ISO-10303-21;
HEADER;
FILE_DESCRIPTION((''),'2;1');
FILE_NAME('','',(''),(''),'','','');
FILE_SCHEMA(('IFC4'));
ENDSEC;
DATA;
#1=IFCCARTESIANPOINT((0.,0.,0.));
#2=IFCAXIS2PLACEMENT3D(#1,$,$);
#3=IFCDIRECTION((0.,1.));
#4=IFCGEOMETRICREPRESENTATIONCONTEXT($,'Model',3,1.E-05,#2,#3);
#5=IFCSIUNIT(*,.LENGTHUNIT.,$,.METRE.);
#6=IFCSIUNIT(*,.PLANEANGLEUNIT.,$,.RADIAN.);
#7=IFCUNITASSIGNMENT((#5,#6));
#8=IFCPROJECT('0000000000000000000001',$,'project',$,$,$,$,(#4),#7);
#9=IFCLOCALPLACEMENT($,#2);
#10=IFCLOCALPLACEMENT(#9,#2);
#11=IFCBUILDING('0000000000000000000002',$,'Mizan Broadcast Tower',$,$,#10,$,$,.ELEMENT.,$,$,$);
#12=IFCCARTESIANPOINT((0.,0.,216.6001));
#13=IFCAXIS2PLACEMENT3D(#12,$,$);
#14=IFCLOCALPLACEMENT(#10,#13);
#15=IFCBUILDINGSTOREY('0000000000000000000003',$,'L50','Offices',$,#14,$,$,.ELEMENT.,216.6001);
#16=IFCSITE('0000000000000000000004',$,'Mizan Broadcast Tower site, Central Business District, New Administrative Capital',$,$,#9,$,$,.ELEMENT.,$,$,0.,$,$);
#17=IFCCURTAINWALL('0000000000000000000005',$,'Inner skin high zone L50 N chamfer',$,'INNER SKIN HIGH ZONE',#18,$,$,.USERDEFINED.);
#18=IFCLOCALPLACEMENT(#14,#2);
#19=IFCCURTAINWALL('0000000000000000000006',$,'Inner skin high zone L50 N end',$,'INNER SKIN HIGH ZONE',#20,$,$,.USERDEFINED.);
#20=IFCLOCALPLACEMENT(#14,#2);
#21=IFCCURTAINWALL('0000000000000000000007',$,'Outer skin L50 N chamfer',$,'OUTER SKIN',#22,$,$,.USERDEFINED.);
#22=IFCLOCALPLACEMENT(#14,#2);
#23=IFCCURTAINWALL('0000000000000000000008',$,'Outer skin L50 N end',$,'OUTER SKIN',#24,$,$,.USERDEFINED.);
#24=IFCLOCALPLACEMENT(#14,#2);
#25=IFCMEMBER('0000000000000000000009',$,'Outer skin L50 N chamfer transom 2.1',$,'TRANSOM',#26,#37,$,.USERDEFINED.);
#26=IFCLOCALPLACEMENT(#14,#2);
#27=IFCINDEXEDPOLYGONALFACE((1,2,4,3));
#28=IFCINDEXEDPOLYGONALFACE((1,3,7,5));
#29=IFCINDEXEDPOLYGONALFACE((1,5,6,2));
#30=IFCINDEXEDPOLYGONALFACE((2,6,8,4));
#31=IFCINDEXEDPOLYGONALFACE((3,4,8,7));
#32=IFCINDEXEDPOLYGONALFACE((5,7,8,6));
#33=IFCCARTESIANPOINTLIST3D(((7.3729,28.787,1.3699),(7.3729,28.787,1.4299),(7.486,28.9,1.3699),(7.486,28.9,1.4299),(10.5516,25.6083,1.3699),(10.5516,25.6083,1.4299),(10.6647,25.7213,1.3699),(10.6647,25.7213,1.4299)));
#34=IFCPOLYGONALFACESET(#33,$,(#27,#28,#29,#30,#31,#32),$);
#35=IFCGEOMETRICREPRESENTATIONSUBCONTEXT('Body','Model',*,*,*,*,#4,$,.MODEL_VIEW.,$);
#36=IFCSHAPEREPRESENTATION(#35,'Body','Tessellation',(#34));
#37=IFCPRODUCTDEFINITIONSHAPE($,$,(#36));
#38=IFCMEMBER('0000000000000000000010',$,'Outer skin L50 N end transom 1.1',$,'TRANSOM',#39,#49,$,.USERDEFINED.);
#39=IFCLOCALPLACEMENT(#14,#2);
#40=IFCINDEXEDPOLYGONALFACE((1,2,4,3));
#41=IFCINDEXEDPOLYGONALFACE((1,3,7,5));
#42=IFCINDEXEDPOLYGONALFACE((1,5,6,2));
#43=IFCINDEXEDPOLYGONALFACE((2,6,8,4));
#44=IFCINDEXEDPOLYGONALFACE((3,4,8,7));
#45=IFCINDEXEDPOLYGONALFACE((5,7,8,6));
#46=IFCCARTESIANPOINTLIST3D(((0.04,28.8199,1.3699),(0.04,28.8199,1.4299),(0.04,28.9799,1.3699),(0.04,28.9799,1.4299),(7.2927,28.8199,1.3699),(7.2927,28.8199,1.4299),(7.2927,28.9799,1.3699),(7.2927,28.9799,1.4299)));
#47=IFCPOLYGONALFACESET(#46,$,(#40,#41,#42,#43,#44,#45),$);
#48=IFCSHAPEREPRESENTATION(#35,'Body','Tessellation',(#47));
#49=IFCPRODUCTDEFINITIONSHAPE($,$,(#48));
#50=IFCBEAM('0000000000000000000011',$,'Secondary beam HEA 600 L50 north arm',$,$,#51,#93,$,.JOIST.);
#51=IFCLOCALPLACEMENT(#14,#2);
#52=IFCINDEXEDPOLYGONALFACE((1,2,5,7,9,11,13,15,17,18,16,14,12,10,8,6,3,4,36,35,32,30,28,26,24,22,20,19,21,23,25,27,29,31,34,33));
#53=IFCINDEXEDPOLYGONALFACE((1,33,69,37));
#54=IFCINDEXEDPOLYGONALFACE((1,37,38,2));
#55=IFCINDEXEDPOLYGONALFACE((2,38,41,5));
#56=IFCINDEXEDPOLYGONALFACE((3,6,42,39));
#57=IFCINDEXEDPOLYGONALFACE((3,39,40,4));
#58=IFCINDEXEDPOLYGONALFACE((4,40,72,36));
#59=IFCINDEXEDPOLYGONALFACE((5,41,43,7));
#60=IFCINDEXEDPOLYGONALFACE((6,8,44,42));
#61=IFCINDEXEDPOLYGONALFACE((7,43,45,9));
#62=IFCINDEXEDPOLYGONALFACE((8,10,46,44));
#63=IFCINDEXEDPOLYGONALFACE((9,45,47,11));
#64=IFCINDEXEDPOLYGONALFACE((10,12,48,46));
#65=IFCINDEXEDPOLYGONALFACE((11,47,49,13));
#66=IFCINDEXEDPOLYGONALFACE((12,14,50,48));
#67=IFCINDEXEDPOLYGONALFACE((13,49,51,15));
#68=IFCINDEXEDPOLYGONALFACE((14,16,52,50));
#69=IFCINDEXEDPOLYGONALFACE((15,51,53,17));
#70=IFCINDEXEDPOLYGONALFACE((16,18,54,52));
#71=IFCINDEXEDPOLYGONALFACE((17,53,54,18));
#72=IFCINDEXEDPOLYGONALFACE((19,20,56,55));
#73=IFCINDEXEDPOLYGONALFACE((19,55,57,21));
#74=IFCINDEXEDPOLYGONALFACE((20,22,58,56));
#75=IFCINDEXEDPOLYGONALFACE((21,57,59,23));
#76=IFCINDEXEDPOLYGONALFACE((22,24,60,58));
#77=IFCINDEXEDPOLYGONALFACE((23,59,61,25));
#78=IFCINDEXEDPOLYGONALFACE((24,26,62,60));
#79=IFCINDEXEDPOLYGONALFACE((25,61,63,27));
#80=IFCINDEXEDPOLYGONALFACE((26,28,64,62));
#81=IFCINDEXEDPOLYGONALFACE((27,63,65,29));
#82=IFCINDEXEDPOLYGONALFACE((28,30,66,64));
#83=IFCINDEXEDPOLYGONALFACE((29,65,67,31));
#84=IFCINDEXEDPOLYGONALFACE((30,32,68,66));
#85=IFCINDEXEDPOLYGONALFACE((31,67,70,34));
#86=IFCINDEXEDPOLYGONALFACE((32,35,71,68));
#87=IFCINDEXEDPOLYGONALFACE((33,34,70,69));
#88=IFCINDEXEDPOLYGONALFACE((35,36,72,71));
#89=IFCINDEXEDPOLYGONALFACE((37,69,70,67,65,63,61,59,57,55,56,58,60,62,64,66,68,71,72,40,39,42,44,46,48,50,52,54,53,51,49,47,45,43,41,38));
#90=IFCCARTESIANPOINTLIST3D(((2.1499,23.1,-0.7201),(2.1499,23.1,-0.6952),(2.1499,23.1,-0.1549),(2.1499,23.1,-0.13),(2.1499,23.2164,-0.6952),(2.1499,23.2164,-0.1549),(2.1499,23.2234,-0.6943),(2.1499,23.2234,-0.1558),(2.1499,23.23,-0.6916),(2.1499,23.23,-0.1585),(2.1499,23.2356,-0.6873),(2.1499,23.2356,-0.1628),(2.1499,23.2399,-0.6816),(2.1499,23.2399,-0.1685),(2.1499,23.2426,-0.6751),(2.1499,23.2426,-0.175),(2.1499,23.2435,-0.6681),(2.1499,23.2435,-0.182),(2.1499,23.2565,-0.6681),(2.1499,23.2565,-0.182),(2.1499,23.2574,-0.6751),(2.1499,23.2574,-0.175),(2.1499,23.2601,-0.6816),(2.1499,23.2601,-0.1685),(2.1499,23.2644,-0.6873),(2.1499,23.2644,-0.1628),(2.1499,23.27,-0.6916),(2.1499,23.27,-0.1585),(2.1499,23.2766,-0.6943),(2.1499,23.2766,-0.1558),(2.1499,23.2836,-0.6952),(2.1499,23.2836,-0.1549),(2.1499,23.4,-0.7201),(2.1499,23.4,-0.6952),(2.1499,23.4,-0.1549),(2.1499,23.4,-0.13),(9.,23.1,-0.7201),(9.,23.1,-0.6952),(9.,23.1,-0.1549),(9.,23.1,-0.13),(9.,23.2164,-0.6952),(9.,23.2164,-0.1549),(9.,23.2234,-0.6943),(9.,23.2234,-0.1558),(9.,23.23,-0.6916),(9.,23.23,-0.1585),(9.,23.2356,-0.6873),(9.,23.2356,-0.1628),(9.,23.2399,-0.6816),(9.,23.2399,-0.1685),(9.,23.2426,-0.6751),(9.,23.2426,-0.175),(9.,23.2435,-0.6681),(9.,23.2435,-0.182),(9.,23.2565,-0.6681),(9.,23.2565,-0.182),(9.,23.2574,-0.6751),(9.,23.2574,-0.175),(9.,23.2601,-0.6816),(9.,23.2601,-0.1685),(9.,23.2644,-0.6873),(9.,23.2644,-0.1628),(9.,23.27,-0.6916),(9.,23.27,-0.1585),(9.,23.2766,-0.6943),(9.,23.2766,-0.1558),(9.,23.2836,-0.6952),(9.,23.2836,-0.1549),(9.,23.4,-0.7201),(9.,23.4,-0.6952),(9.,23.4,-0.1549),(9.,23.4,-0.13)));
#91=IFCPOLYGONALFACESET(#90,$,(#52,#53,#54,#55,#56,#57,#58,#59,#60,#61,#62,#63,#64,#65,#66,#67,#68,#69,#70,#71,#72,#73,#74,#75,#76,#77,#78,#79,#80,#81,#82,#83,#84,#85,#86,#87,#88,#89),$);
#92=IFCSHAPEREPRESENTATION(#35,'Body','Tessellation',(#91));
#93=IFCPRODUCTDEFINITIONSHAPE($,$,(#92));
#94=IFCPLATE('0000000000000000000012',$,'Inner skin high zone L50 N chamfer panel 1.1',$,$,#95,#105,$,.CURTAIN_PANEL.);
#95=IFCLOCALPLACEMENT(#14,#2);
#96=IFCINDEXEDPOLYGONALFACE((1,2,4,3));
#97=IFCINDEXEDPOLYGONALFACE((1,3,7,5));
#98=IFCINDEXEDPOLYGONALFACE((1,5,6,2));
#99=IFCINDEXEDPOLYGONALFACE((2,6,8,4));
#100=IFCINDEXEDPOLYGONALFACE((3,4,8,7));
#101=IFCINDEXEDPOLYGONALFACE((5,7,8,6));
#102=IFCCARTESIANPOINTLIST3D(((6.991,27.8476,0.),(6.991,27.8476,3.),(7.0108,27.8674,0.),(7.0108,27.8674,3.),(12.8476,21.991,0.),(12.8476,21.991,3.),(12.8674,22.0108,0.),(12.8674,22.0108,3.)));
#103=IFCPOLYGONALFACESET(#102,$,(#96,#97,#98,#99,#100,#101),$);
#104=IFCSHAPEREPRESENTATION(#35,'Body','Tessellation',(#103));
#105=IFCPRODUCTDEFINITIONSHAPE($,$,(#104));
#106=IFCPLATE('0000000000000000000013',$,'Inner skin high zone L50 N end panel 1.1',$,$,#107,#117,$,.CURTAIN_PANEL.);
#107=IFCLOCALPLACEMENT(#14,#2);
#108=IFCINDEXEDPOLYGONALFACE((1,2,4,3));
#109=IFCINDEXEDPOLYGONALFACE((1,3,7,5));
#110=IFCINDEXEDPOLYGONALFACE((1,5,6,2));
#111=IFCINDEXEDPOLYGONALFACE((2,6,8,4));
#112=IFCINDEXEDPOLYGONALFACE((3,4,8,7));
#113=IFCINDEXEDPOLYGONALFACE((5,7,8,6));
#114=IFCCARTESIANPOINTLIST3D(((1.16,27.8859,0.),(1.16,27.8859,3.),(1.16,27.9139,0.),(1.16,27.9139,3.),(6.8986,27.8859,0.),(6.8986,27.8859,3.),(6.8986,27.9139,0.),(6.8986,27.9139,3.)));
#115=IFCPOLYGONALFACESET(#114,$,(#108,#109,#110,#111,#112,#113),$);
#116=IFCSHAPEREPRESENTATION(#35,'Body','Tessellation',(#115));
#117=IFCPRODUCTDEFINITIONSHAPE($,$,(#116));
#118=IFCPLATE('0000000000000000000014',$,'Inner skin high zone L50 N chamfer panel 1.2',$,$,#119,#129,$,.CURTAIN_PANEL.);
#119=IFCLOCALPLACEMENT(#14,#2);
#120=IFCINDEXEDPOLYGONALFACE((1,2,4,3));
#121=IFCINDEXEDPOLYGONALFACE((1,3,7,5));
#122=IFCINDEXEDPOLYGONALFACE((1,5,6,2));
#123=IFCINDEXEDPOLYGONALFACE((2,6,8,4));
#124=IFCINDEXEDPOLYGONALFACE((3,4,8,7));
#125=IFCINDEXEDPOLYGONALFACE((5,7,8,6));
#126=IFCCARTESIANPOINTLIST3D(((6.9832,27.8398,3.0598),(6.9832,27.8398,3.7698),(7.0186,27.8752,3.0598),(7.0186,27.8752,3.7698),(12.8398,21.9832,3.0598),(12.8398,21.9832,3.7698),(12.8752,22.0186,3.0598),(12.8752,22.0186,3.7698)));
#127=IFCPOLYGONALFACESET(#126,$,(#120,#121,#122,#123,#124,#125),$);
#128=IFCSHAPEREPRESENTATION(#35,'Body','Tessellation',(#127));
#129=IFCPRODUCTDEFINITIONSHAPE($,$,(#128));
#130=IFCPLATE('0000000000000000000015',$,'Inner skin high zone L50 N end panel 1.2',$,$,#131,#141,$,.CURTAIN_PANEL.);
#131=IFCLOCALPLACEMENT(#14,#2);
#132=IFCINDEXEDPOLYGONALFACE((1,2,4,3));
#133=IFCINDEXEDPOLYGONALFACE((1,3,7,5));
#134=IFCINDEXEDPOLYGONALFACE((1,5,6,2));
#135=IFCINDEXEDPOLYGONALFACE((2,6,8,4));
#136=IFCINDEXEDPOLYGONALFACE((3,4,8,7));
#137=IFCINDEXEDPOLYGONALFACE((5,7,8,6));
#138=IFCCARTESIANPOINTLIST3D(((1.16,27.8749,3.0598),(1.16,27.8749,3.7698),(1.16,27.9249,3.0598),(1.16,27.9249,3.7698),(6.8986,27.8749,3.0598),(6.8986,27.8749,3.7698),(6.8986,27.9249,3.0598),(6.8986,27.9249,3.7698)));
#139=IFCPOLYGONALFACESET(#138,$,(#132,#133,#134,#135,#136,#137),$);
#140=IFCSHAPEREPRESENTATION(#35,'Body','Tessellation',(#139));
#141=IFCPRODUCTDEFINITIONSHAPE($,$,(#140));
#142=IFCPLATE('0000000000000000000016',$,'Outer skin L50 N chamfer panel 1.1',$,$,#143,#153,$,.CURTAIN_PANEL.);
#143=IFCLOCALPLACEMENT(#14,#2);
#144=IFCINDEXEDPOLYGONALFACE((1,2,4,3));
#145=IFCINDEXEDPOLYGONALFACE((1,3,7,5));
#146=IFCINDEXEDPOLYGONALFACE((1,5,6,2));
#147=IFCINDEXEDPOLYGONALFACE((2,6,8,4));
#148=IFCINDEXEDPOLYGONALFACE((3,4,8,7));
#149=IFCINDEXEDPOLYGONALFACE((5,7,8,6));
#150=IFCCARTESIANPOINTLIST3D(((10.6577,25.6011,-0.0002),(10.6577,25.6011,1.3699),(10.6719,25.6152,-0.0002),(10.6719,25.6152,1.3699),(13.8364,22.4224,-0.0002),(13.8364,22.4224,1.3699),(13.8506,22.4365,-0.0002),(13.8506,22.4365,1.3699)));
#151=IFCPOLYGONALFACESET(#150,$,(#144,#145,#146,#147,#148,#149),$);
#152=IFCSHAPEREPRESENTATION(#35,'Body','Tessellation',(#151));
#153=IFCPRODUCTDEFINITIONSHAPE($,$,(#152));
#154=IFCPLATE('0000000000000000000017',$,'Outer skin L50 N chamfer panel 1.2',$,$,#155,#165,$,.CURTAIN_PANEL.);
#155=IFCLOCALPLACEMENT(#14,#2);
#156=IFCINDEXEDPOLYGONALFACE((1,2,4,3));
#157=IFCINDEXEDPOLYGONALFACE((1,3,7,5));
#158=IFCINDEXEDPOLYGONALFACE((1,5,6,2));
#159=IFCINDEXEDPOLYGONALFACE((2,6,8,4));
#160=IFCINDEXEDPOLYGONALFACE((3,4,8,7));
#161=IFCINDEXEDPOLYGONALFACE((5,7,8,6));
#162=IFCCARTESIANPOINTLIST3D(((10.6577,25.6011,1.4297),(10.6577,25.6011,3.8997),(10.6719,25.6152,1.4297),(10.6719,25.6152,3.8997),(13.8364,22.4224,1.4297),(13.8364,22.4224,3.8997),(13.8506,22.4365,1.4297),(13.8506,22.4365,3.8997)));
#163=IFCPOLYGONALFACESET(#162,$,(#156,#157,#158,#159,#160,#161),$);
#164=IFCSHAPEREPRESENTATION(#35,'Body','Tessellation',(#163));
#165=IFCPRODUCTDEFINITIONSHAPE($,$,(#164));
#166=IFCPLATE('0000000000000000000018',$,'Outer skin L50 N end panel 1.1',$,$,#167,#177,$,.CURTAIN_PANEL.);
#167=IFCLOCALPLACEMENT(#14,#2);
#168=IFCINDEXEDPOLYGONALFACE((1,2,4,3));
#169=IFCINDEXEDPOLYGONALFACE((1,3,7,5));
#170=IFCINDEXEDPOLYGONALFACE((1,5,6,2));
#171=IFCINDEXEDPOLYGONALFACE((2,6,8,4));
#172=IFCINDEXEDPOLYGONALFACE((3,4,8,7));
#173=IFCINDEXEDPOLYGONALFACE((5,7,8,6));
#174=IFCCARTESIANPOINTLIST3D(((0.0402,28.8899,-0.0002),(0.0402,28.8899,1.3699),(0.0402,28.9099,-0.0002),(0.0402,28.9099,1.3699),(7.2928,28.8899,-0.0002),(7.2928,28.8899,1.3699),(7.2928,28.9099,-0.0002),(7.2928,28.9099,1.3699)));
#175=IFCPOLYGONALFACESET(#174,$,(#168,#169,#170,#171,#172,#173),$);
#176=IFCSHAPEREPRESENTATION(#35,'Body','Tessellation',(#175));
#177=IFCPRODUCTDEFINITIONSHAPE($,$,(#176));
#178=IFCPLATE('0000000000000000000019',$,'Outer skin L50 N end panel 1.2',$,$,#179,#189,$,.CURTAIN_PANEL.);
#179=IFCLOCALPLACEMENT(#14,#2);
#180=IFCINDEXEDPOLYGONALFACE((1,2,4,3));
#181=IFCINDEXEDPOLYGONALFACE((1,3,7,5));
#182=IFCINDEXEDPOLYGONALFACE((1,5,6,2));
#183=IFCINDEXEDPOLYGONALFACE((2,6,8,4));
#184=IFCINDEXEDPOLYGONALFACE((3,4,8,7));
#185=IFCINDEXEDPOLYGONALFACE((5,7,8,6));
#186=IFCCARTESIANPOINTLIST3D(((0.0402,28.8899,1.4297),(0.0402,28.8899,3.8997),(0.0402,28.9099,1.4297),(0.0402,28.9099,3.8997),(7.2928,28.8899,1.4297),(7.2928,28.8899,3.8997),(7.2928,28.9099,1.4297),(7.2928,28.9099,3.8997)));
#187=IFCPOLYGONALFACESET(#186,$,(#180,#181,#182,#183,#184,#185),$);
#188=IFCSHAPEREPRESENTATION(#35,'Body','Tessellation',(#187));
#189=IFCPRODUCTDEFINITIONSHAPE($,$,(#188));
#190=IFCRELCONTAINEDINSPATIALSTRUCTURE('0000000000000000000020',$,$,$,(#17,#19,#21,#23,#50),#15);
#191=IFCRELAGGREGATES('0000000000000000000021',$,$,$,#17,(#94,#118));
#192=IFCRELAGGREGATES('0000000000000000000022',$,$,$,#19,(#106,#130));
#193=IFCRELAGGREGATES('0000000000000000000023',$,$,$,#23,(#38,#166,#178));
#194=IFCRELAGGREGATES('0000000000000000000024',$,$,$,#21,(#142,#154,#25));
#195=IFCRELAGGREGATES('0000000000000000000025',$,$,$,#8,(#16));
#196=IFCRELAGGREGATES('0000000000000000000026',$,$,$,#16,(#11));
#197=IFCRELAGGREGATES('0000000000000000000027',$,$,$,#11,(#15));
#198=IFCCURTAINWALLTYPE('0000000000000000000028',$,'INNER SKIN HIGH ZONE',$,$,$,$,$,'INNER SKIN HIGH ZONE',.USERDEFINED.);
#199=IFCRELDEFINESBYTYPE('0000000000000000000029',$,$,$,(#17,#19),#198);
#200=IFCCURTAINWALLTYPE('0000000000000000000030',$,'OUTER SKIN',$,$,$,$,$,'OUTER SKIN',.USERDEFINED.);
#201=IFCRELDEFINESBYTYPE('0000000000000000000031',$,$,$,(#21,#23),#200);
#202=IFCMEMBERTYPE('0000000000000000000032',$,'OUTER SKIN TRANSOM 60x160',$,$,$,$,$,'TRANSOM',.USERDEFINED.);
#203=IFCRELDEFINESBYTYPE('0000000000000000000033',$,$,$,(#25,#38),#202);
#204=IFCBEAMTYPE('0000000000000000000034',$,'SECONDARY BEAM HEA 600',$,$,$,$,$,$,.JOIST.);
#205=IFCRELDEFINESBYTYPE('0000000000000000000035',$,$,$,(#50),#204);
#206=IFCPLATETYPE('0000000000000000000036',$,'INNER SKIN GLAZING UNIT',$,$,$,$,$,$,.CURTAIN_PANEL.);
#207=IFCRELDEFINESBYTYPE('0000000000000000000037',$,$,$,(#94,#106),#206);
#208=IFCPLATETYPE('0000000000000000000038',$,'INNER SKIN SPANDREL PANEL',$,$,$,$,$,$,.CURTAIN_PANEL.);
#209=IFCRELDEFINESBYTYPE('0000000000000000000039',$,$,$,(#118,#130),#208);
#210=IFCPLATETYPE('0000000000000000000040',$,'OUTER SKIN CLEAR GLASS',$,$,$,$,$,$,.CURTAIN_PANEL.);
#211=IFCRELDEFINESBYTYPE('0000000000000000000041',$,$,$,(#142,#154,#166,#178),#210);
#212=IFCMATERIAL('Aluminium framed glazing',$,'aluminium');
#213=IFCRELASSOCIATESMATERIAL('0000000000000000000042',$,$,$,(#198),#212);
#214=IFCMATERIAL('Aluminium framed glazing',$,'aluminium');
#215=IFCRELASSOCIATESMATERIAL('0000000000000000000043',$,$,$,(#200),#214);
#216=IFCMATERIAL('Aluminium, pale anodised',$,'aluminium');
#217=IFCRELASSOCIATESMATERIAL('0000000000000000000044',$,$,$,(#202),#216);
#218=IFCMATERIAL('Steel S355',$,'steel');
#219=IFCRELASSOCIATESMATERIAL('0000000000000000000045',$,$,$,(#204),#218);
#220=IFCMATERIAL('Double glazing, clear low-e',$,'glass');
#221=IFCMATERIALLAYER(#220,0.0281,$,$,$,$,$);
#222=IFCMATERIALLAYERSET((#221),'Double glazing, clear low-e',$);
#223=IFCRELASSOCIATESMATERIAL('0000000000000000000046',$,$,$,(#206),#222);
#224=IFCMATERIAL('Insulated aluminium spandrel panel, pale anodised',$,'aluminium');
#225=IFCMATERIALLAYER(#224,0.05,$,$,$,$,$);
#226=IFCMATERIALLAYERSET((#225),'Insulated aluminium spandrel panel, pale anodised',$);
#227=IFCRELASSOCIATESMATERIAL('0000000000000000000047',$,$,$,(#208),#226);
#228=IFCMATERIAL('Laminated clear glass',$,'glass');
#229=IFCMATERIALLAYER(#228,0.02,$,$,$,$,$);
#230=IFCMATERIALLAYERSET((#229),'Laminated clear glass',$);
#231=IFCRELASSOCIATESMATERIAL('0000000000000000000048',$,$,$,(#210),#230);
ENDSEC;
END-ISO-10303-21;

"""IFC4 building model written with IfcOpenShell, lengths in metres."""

from ifc_helpers import new_model, si_unit, direction, frame, origin, origin_2d, place, context, subcontext, project, spatial, rectangle, i_section, extrude, material, layer, layer_set, material_profile, profile_set, type_object, element, aggregate, save


model = new_model("IFC4")

# Units and contexts
model_context = context("Model", 3, precision=1e-05, world=origin(), true_north=direction((0.0, 1.0)))
body_context = subcontext(model_context, "Body", "Model", "MODEL_VIEW")
ifc_project = project(units=[si_unit("LENGTHUNIT", "METRE"), si_unit("PLANEANGLEUNIT", "RADIAN")], contexts=[model_context])

# Site, building, storey
site_placement = place(None, origin())
site = spatial("IfcSite", under=ifc_project, at=site_placement, Name="Mizan Broadcast Tower site, Central Business District, New Administrative Capital", CompositionType="ELEMENT", RefElevation=0.0)
building_placement = place(site_placement, origin())
building = spatial("IfcBuilding", under=site, at=building_placement, Name="Mizan Broadcast Tower", CompositionType="ELEMENT")
storey_placement = place(building_placement, frame((0.0, 0.0, 216.6001)))
storey = spatial("IfcBuildingStorey", under=building, at=storey_placement, Name="L50", Description="Offices", CompositionType="ELEMENT", Elevation=216.6001)

# Curtain walls
ifc_material_1 = material(Name="Aluminium framed glazing", Category="aluminium")
curtain_wall_type_1 = type_object("IfcCurtainWallType", Name="INNER SKIN HIGH ZONE", ElementType="INNER SKIN HIGH ZONE", PredefinedType="USERDEFINED", material=ifc_material_1)
curtain_wall_1_placement = place(storey_placement, origin())
curtain_wall_1 = element("IfcCurtainWall", 1, at=curtain_wall_1_placement, inside=storey, type_object=curtain_wall_type_1, Name="Inner skin high zone L50 N chamfer", ObjectType="INNER SKIN HIGH ZONE", PredefinedType="USERDEFINED")
curtain_wall_2_placement = place(storey_placement, origin())
curtain_wall_2 = element("IfcCurtainWall", 2, at=curtain_wall_2_placement, inside=storey, type_object=curtain_wall_type_1, Name="Inner skin high zone L50 N end", ObjectType="INNER SKIN HIGH ZONE", PredefinedType="USERDEFINED")

# Curtain wall
ifc_material_2 = material(Name="Aluminium framed glazing", Category="aluminium")
curtain_wall_type_2 = type_object("IfcCurtainWallType", Name="OUTER SKIN", ElementType="OUTER SKIN", PredefinedType="USERDEFINED", material=ifc_material_2)
curtain_wall_3_placement = place(storey_placement, origin())
curtain_wall_3 = element("IfcCurtainWall", 3, at=curtain_wall_3_placement, inside=storey, type_object=curtain_wall_type_2, Name="Outer skin L50 N chamfer", ObjectType="OUTER SKIN", PredefinedType="USERDEFINED")

# Curtain wall
curtain_wall_4_placement = place(storey_placement, origin())
curtain_wall_4 = element("IfcCurtainWall", 4, at=curtain_wall_4_placement, inside=storey, type_object=curtain_wall_type_2, Name="Outer skin L50 N end", ObjectType="OUTER SKIN", PredefinedType="USERDEFINED")

# Members
ifc_material_3 = material(Name="Aluminium, pale anodised", Category="aluminium")
ifc_material_profile_1 = material_profile(ifc_material_3, rectangle(XDim=0.1599, YDim=0.0601, at=origin_2d()), Name="TRANSOM 160x60")
ifc_profile_set_1 = profile_set([ifc_material_profile_1], Name="Aluminium, pale anodised")
member_type_1 = type_object("IfcMemberType", Name="OUTER SKIN TRANSOM 60x160", ElementType="TRANSOM", PredefinedType="USERDEFINED", material=ifc_profile_set_1)
member_1_placement = place(storey_placement, frame((10.6082, 25.6648, 1.3999), z_axis=(-0.707107, 0.707107, 0.0), x_axis=(-0.707107, -0.707107, 0.0)))
member_1 = element("IfcMember", 5, at=member_1_placement, type_object=member_type_1, Name="Outer skin L50 N chamfer transom 2.1", ObjectType="TRANSOM", PredefinedType="USERDEFINED", context=body_context, shape_type="SweptSolid", body=[
    extrude(rectangle(XDim=0.1599, YDim=0.0601, at=origin_2d()), origin(), (0.0, 0.0, 1.0), 4.4954),
])
member_2_placement = place(storey_placement, frame((7.2927, 28.8999, 1.3999), z_axis=(-1.0, 0.0, 0.0), x_axis=(0.0, -1.0, 0.0)))
member_2 = element("IfcMember", 6, at=member_2_placement, type_object=member_type_1, Name="Outer skin L50 N end transom 1.1", ObjectType="TRANSOM", PredefinedType="USERDEFINED", context=body_context, shape_type="SweptSolid", body=[
    extrude(rectangle(XDim=0.1599, YDim=0.0601, at=origin_2d()), origin(), (0.0, 0.0, 1.0), 7.2527),
])

# Beam
ifc_material_4 = material(Name="Steel S355", Category="steel")
ifc_material_profile_2 = material_profile(ifc_material_4, i_section(OverallWidth=0.3, OverallDepth=0.5901, WebThickness=0.0129, FlangeThickness=0.0249, FilletRadius=0.0271, at=origin_2d()), Name="HEA 600")
ifc_profile_set_2 = profile_set([ifc_material_profile_2], Name="Steel S355")
beam_type_1 = type_object("IfcBeamType", Name="SECONDARY BEAM HEA 600", PredefinedType="JOIST", material=ifc_profile_set_2)
beam_1_placement = place(storey_placement, frame((9.0, 23.25, -0.425), z_axis=(-1.0, 0.0, 0.0), x_axis=(0.0, -1.0, 0.0)))
element("IfcBeam", 7, at=beam_1_placement, inside=storey, type_object=beam_type_1, Name="Secondary beam HEA 600 L50 north arm", PredefinedType="JOIST", context=body_context, shape_type="SweptSolid", body=[
    extrude(i_section(OverallWidth=0.3, OverallDepth=0.5901, WebThickness=0.0129, FlangeThickness=0.0249, FilletRadius=0.0271, at=origin_2d()), origin(), (0.0, 0.0, 1.0), 6.8501),
])

# Plates
ifc_material_5 = material(Name="Double glazing, clear low-e", Category="glass")
ifc_layer_1 = layer(ifc_material_5, 0.0281)
ifc_layer_set_1 = layer_set([ifc_layer_1], Name="Double glazing, clear low-e")
plate_type_1 = type_object("IfcPlateType", Name="INNER SKIN GLAZING UNIT", PredefinedType="CURTAIN_PANEL", material=ifc_layer_set_1)
plate_1_placement = place(storey_placement, frame((9.9292, 24.9292, 0.0), z_axis=(0.0, 0.0, 1.0), x_axis=(-0.707107, 0.707107, 0.0)))
plate_1 = element("IfcPlate", 8, at=plate_1_placement, type_object=plate_type_1, Name="Inner skin high zone L50 N chamfer panel 1.1", PredefinedType="CURTAIN_PANEL", context=body_context, shape_type="SweptSolid", body=[
    extrude(rectangle(XDim=8.2825, YDim=0.0281, at=origin_2d()), origin(), (0.0, 0.0, 1.0), 3.0),
])
plate_2_placement = place(storey_placement, frame((4.0293, 27.8999, 0.0), z_axis=(0.0, 0.0, 1.0), x_axis=(-1.0, 0.0, 0.0)))
plate_2 = element("IfcPlate", 9, at=plate_2_placement, type_object=plate_type_1, Name="Inner skin high zone L50 N end panel 1.1", PredefinedType="CURTAIN_PANEL", context=body_context, shape_type="SweptSolid", body=[
    extrude(rectangle(XDim=5.7385, YDim=0.0281, at=origin_2d()), origin(), (0.0, 0.0, 1.0), 3.0),
])
ifc_material_6 = material(Name="Insulated aluminium spandrel panel, pale anodised", Category="aluminium")
ifc_layer_2 = layer(ifc_material_6, 0.05)
ifc_layer_set_2 = layer_set([ifc_layer_2], Name="Insulated aluminium spandrel panel, pale anodised")
plate_type_2 = type_object("IfcPlateType", Name="INNER SKIN SPANDREL PANEL", PredefinedType="CURTAIN_PANEL", material=ifc_layer_set_2)
plate_3_placement = place(storey_placement, frame((9.9292, 24.9292, 3.0598), z_axis=(0.0, 0.0, 1.0), x_axis=(-0.707107, 0.707107, 0.0)))
plate_3 = element("IfcPlate", 10, at=plate_3_placement, type_object=plate_type_2, Name="Inner skin high zone L50 N chamfer panel 1.2", PredefinedType="CURTAIN_PANEL", context=body_context, shape_type="SweptSolid", body=[
    extrude(rectangle(XDim=8.2825, YDim=0.05, at=origin_2d()), origin(), (0.0, 0.0, 1.0), 0.71),
])
aggregate(curtain_wall_1, [plate_1, plate_3])
plate_4_placement = place(storey_placement, frame((4.0293, 27.8999, 3.0598), z_axis=(0.0, 0.0, 1.0), x_axis=(-1.0, 0.0, 0.0)))
plate_4 = element("IfcPlate", 11, at=plate_4_placement, type_object=plate_type_2, Name="Inner skin high zone L50 N end panel 1.2", PredefinedType="CURTAIN_PANEL", context=body_context, shape_type="SweptSolid", body=[
    extrude(rectangle(XDim=5.7385, YDim=0.05, at=origin_2d()), origin(), (0.0, 0.0, 1.0), 0.71),
])
aggregate(curtain_wall_2, [plate_2, plate_4])
ifc_material_7 = material(Name="Laminated clear glass", Category="glass")
ifc_layer_3 = layer(ifc_material_7, 0.02)
ifc_layer_set_3 = layer_set([ifc_layer_3], Name="Laminated clear glass")
plate_type_3 = type_object("IfcPlateType", Name="OUTER SKIN CLEAR GLASS", PredefinedType="CURTAIN_PANEL", material=ifc_layer_set_3)
plate_5_placement = place(storey_placement, frame((12.2542, 24.0188, -0.0002), z_axis=(0.0, 0.0, 1.0), x_axis=(-0.707107, 0.707107, 0.0)))
plate_5 = element("IfcPlate", 12, at=plate_5_placement, type_object=plate_type_3, Name="Outer skin L50 N chamfer panel 1.1", PredefinedType="CURTAIN_PANEL", context=body_context, shape_type="SweptSolid", body=[
    extrude(rectangle(XDim=4.4954, YDim=0.02, at=origin_2d()), origin(), (0.0, 0.0, 1.0), 1.3701),
])
plate_6_placement = place(storey_placement, frame((12.2542, 24.0188, 1.4297), z_axis=(0.0, 0.0, 1.0), x_axis=(-0.707107, 0.707107, 0.0)))
plate_6 = element("IfcPlate", 13, at=plate_6_placement, type_object=plate_type_3, Name="Outer skin L50 N chamfer panel 1.2", PredefinedType="CURTAIN_PANEL", context=body_context, shape_type="SweptSolid", body=[
    extrude(rectangle(XDim=4.4954, YDim=0.02, at=origin_2d()), origin(), (0.0, 0.0, 1.0), 2.47),
])
plate_7_placement = place(storey_placement, frame((3.6665, 28.8999, -0.0002), z_axis=(0.0, 0.0, 1.0), x_axis=(-1.0, 0.0, 0.0)))
plate_7 = element("IfcPlate", 14, at=plate_7_placement, type_object=plate_type_3, Name="Outer skin L50 N end panel 1.1", PredefinedType="CURTAIN_PANEL", context=body_context, shape_type="SweptSolid", body=[
    extrude(rectangle(XDim=7.2527, YDim=0.02, at=origin_2d()), origin(), (0.0, 0.0, 1.0), 1.3701),
])
plate_8_placement = place(storey_placement, frame((3.6665, 28.8999, 1.4297), z_axis=(0.0, 0.0, 1.0), x_axis=(-1.0, 0.0, 0.0)))
plate_8 = element("IfcPlate", 15, at=plate_8_placement, type_object=plate_type_3, Name="Outer skin L50 N end panel 1.2", PredefinedType="CURTAIN_PANEL", context=body_context, shape_type="SweptSolid", body=[
    extrude(rectangle(XDim=7.2527, YDim=0.02, at=origin_2d()), origin(), (0.0, 0.0, 1.0), 2.47),
])
aggregate(curtain_wall_4, [member_2, plate_7, plate_8])
aggregate(curtain_wall_3, [plate_5, plate_6, member_1])

save(model, "model.ifc")
